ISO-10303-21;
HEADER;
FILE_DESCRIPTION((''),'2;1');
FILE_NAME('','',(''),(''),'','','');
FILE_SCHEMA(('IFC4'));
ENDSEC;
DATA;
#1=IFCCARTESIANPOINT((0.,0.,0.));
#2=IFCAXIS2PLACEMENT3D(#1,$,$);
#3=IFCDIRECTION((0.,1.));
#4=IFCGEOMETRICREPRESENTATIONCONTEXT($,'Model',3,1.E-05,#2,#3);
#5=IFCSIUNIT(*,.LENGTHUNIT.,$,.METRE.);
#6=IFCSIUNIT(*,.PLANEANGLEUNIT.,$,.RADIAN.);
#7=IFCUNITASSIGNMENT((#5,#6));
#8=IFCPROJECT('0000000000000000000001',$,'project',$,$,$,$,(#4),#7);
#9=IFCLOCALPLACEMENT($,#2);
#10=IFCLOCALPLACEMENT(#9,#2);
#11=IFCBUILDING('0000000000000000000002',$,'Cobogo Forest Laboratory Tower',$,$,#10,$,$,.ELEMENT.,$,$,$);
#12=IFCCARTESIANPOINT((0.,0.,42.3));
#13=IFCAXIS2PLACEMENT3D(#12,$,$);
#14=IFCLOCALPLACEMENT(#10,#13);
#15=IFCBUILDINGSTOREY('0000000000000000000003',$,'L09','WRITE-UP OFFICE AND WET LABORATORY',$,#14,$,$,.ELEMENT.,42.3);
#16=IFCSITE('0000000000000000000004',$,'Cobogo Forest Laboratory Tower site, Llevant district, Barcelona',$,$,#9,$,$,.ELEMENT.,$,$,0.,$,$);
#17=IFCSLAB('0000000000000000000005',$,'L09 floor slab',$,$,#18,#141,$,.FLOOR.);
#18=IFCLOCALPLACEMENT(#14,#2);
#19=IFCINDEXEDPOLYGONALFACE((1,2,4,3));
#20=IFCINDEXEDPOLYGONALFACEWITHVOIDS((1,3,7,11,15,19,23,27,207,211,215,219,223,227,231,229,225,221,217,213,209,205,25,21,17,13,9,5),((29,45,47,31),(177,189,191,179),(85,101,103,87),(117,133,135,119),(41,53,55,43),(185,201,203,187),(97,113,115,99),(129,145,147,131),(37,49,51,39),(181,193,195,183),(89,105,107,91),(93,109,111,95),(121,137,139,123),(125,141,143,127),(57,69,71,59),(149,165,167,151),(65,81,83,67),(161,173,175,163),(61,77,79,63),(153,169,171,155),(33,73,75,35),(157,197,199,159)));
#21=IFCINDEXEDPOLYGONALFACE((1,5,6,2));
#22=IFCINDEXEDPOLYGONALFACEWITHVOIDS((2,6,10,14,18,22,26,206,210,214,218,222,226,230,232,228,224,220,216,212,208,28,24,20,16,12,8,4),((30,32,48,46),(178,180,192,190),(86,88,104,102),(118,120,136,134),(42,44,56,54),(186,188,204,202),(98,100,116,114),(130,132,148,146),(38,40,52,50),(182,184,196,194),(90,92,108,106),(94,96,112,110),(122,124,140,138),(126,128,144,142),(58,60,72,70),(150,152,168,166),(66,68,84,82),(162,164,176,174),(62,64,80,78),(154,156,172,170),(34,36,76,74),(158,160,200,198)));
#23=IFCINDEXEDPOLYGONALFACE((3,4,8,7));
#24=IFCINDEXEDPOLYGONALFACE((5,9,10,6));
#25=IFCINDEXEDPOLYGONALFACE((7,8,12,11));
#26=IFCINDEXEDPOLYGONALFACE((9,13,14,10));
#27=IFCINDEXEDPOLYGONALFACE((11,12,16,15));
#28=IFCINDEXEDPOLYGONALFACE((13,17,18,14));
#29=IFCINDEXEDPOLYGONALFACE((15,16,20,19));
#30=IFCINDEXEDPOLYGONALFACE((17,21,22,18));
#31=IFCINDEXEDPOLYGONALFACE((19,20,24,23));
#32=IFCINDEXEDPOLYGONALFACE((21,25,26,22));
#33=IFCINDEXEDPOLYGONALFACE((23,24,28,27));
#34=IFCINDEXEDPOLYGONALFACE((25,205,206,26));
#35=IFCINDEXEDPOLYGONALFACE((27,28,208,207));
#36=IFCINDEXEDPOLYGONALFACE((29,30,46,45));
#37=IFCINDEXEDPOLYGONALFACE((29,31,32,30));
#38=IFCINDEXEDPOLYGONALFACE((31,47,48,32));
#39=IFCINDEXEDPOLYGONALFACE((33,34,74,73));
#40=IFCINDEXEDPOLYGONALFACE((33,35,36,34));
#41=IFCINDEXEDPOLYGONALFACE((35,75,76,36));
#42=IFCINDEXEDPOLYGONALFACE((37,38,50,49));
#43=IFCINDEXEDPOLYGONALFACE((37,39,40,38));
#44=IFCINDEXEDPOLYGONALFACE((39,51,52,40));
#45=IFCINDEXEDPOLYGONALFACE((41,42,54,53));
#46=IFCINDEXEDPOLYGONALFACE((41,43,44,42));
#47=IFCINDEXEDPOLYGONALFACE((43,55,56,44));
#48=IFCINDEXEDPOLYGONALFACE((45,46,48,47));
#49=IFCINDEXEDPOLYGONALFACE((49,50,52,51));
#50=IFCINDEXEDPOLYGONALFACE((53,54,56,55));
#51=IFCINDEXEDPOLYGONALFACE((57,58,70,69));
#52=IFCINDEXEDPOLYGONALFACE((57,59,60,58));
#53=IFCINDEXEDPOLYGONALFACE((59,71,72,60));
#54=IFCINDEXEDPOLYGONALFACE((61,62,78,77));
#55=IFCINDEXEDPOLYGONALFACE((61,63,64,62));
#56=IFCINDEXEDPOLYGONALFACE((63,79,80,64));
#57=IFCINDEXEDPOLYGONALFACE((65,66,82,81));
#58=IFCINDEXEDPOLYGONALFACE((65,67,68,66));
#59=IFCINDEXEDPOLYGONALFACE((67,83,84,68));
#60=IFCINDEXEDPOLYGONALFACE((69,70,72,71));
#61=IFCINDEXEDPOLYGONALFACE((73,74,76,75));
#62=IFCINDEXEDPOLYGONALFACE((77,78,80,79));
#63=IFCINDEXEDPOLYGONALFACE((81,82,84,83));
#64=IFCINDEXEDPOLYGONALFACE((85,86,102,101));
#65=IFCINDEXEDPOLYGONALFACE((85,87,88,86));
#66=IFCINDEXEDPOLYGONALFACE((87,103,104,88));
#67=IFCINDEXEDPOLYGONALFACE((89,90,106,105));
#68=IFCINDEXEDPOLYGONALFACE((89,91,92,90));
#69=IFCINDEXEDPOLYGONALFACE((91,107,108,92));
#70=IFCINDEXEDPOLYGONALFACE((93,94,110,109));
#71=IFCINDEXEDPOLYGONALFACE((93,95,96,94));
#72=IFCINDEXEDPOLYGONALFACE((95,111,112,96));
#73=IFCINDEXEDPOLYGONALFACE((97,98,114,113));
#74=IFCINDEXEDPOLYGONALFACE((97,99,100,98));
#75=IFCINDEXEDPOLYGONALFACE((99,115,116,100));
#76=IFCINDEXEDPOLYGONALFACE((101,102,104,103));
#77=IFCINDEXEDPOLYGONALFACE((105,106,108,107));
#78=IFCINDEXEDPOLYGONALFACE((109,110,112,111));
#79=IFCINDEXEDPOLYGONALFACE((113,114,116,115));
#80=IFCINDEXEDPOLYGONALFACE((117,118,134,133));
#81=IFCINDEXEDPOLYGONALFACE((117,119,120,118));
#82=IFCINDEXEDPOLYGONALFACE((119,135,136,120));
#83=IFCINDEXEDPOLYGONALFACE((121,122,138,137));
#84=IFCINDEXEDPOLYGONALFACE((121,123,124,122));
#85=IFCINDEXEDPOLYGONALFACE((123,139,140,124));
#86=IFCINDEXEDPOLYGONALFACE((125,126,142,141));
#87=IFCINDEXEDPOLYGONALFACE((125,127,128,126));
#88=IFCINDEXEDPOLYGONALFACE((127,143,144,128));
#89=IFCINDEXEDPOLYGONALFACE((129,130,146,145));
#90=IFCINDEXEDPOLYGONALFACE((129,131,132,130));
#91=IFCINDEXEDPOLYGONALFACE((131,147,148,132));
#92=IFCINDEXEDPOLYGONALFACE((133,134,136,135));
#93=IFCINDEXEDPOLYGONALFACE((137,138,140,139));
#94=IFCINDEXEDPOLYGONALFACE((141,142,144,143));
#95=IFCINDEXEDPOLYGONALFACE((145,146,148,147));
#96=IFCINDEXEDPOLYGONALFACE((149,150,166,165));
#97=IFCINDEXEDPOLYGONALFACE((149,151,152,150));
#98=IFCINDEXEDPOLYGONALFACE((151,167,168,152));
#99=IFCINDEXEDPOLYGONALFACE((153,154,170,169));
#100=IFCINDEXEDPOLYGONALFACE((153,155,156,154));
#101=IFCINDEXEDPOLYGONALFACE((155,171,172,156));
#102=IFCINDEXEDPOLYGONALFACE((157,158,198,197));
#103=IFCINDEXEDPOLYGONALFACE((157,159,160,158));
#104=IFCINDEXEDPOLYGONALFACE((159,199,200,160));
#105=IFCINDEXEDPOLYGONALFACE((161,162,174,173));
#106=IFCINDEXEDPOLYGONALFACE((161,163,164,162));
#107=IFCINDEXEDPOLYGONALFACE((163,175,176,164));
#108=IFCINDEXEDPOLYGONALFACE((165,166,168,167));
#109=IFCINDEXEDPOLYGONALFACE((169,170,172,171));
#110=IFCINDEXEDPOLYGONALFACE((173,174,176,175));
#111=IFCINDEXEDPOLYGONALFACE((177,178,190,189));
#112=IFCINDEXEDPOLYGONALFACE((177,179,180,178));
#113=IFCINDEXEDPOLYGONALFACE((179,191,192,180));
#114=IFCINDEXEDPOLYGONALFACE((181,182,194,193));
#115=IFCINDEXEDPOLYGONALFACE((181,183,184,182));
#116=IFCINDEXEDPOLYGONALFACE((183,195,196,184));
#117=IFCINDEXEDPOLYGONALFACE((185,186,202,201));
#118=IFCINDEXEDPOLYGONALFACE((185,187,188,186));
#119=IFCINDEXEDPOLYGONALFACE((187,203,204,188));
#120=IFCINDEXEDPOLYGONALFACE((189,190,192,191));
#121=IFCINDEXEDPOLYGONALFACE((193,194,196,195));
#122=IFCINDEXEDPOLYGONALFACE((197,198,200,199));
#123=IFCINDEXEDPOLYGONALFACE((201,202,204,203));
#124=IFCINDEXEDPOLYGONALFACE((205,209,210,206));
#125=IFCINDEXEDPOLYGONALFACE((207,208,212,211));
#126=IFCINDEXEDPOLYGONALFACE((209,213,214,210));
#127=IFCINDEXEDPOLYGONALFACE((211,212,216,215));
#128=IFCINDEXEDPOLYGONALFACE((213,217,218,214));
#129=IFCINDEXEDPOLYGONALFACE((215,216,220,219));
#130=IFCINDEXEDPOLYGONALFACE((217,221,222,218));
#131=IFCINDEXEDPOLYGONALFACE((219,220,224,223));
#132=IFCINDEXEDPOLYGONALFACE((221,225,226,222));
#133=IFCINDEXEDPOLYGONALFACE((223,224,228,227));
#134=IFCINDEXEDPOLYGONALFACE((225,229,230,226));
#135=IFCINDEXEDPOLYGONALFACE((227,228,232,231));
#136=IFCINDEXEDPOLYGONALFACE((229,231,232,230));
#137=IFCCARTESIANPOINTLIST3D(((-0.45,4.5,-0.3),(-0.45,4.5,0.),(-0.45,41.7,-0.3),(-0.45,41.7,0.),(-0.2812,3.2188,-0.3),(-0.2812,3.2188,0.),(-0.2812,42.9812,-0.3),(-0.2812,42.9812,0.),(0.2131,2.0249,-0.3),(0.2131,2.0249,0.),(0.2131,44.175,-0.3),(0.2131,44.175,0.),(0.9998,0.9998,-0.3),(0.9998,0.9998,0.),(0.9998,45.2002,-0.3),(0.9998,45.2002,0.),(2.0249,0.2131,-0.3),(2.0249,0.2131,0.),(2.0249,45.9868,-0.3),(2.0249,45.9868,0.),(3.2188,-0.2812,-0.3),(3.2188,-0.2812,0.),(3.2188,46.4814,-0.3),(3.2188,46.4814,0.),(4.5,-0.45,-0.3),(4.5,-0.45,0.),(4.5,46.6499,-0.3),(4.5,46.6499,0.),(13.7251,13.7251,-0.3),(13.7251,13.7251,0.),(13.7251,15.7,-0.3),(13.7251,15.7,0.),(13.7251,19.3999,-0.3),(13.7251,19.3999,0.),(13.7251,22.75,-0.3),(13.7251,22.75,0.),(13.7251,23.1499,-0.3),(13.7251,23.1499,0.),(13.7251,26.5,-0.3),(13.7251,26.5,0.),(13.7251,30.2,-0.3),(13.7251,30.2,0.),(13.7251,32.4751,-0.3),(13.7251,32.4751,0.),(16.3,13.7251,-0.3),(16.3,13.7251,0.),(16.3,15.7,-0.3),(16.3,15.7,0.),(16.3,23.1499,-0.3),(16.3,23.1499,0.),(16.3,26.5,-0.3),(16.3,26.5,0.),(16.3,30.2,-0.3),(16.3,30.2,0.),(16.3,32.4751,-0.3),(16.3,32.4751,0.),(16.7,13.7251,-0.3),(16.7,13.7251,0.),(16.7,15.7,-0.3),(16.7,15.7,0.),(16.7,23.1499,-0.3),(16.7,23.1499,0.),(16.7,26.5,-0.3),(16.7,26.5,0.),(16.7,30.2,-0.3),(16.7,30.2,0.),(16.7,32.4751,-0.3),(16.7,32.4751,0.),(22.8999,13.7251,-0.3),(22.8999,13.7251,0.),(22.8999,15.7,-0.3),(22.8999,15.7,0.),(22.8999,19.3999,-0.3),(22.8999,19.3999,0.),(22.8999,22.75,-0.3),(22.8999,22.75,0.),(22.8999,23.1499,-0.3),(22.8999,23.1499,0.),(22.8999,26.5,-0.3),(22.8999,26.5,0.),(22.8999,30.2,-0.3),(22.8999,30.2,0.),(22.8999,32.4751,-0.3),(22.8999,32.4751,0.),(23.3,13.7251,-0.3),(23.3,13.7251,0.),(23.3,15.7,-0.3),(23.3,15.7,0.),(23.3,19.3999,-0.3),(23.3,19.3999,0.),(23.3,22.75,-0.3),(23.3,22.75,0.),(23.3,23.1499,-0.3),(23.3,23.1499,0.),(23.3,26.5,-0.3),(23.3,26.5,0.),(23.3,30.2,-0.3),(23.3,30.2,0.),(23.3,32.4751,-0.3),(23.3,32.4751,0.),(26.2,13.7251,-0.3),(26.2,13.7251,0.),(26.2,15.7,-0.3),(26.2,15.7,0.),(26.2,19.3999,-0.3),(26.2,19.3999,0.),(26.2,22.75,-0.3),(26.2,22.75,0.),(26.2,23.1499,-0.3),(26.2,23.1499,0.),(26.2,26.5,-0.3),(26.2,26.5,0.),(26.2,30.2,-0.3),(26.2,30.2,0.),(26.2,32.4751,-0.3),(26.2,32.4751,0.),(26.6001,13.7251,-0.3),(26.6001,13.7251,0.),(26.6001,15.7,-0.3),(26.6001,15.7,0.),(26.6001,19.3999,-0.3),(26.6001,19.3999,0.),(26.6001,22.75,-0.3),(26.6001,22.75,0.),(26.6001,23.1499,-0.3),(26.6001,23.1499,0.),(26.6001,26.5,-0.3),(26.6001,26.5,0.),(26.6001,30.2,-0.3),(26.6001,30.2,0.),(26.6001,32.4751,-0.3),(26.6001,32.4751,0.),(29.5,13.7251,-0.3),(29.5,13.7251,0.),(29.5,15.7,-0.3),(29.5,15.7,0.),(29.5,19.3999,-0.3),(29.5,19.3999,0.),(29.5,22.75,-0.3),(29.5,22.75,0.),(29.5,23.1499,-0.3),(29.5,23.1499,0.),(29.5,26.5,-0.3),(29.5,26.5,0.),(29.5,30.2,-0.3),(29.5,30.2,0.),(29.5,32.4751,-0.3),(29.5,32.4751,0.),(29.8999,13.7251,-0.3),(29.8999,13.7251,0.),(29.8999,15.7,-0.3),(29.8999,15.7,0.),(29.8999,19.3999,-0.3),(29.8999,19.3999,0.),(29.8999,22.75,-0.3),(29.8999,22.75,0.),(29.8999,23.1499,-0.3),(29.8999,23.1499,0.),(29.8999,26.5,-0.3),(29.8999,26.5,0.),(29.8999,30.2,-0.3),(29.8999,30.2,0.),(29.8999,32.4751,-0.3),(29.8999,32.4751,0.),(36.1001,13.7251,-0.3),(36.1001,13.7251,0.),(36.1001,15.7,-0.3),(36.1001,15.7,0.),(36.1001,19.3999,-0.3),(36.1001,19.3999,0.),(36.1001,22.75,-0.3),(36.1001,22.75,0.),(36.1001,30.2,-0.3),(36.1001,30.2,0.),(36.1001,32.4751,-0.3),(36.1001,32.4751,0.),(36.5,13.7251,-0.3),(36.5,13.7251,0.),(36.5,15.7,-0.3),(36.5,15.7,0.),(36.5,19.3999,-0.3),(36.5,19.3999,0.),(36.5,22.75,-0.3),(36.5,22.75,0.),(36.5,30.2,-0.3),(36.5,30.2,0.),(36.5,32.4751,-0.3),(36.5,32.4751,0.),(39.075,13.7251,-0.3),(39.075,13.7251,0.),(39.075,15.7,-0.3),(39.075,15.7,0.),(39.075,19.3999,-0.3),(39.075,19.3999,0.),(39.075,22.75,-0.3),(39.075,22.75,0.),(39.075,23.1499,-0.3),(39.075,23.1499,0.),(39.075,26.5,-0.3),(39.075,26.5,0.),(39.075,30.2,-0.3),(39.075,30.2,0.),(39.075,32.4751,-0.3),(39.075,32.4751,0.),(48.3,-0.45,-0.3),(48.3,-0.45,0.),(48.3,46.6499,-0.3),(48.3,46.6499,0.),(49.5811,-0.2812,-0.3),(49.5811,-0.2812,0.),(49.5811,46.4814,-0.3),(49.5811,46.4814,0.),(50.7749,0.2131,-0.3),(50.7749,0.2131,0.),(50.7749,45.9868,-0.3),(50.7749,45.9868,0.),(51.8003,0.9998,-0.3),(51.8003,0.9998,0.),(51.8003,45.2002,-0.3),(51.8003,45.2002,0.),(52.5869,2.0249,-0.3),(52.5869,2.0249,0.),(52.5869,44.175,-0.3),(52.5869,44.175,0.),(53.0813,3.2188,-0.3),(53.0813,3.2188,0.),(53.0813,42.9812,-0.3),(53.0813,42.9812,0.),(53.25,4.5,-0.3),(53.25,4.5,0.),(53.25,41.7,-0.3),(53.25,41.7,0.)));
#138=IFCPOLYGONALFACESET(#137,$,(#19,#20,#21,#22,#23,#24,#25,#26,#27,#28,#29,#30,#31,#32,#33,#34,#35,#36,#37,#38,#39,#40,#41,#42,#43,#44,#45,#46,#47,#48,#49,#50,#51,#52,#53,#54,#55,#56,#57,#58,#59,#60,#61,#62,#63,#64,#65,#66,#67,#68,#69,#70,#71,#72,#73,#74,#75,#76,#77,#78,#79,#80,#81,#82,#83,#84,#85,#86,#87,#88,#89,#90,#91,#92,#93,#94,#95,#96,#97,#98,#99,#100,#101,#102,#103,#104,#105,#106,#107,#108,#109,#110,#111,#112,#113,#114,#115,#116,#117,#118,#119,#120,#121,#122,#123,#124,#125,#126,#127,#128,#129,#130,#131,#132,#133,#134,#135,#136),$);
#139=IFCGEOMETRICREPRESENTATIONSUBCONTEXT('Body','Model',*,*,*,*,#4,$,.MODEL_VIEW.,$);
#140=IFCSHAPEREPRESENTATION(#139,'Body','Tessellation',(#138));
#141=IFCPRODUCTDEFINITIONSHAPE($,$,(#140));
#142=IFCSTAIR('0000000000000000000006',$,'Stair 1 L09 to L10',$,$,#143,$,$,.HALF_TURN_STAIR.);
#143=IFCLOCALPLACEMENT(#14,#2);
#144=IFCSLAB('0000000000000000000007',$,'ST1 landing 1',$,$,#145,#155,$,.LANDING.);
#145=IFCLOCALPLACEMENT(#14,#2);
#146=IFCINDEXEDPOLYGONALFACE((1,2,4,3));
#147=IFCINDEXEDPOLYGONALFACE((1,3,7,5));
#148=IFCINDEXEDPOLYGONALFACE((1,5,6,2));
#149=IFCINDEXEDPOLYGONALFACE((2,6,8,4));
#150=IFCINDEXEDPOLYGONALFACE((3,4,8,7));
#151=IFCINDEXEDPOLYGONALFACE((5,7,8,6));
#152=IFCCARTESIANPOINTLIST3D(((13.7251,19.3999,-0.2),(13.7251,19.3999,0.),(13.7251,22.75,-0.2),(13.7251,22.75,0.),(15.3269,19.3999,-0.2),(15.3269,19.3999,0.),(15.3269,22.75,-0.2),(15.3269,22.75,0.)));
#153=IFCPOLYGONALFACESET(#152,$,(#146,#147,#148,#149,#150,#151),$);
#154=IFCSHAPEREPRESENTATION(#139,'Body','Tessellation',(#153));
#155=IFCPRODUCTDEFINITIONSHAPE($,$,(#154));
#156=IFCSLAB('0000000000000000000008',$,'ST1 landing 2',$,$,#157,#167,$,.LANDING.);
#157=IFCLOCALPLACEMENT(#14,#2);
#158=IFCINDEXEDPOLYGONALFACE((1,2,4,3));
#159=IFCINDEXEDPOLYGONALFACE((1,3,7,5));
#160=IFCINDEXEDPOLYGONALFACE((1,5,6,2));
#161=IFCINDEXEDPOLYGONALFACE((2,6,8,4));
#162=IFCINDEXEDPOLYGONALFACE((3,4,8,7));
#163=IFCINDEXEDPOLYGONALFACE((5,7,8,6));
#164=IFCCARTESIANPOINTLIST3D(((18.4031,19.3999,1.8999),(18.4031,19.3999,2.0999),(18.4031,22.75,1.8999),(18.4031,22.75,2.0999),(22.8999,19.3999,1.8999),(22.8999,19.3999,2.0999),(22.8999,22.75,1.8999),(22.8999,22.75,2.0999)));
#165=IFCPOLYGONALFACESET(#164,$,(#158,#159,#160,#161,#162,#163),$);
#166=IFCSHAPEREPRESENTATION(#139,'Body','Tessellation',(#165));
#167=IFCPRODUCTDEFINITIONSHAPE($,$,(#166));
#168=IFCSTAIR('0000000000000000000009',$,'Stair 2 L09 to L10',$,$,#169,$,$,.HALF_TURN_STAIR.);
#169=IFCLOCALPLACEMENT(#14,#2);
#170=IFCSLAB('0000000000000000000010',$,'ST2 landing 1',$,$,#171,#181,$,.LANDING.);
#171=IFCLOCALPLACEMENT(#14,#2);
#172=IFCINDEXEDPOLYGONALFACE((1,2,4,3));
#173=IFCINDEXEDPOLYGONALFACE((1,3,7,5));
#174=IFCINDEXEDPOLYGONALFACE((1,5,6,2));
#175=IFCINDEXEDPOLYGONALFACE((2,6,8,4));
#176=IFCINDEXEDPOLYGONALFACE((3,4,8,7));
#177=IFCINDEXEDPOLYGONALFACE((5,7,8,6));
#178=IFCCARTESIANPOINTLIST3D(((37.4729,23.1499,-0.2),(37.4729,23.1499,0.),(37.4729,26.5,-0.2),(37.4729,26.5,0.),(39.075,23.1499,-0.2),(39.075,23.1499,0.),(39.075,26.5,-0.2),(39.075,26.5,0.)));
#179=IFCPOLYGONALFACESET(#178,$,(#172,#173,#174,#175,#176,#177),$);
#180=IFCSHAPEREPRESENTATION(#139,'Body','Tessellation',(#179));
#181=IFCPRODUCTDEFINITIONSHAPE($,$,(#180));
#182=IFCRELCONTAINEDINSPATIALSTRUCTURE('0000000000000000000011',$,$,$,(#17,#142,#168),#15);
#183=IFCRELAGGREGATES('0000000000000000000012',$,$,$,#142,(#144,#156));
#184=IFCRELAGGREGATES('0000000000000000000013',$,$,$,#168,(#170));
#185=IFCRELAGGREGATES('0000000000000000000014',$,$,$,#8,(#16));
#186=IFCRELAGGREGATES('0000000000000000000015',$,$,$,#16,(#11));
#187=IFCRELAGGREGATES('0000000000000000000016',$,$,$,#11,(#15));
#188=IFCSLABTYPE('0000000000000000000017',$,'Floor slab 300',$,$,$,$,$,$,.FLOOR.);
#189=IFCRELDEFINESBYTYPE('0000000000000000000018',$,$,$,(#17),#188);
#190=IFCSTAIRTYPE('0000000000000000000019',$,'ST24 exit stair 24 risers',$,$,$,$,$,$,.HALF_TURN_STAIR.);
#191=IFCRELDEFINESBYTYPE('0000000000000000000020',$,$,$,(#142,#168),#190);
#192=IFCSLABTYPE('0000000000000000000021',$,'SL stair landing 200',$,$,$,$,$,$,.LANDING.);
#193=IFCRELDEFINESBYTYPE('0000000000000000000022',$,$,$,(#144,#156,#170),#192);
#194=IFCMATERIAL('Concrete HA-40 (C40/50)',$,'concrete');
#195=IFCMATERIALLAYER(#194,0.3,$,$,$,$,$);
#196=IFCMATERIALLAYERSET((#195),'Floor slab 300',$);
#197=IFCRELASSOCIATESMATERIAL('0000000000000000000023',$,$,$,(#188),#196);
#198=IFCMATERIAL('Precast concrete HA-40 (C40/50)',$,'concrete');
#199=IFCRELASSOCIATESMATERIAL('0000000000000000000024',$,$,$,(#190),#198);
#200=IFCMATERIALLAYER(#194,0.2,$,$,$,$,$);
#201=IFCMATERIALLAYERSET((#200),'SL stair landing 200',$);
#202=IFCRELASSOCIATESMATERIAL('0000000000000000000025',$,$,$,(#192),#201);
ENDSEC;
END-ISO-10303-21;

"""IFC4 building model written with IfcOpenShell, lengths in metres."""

from ifc_helpers import new_model, si_unit, direction, frame, origin, place, context, subcontext, project, spatial, polyline, outline, extrude, material, layer, layer_set, type_object, element, aggregate, save


model = new_model("IFC4")

# Units and contexts
model_context = context("Model", 3, precision=1e-05, world=origin(), true_north=direction((0.0, 1.0)))
body_context = subcontext(model_context, "Body", "Model", "MODEL_VIEW")
ifc_project = project(units=[si_unit("LENGTHUNIT", "METRE"), si_unit("PLANEANGLEUNIT", "RADIAN")], contexts=[model_context])

# Site, building, storey
site_placement = place(None, origin())
site = spatial("IfcSite", under=ifc_project, at=site_placement, Name="Cobogo Forest Laboratory Tower site, Llevant district, Barcelona", CompositionType="ELEMENT", RefElevation=0.0)
building_placement = place(site_placement, origin())
building = spatial("IfcBuilding", under=site, at=building_placement, Name="Cobogo Forest Laboratory Tower", CompositionType="ELEMENT")
storey_placement = place(building_placement, frame((0.0, 0.0, 42.3)))
storey = spatial("IfcBuildingStorey", under=building, at=storey_placement, Name="L09", Description="WRITE-UP OFFICE AND WET LABORATORY", CompositionType="ELEMENT", Elevation=42.3)

# Slab
ifc_material_1 = material(Name="Concrete HA-40 (C40/50)", Category="concrete")
ifc_layer_1 = layer(ifc_material_1, 0.3)
ifc_layer_set_1 = layer_set([ifc_layer_1], Name="Floor slab 300")
slab_type_1 = type_object("IfcSlabType", Name="Floor slab 300", PredefinedType="FLOOR", material=ifc_layer_set_1)
slab_1_placement = place(storey_placement, frame((0.0, 0.0, -0.3)))
element("IfcSlab", 1, at=slab_1_placement, inside=storey, type_object=slab_type_1, Name="L09 floor slab", PredefinedType="FLOOR", context=body_context, shape_type="SweptSolid", body=[
    extrude(outline(polyline([(48.3, -0.45), (49.5811, -0.2812), (50.7749, 0.2131), (51.8003, 0.9998), (52.5869, 2.0249), (53.0813, 3.2188), (53.25, 4.5), (53.25, 41.7), (53.0813, 42.9812), (52.5869, 44.175), (51.8003, 45.2002), (50.7749, 45.9868), (49.5811, 46.4814), (48.3, 46.6499), (4.5, 46.6499), (3.2188, 46.4814), (2.0249, 45.9868), (0.9998, 45.2002), (0.2131, 44.175), (-0.2812, 42.9812), (-0.45, 41.7), (-0.45, 4.5), (-0.2812, 3.2188), (0.2131, 2.0249), (0.9998, 0.9998), (2.0249, 0.2131), (3.2188, -0.2812), (4.5, -0.45), (48.3, -0.45)]), holes=[polyline([(16.3, 13.7251), (13.7251, 13.7251), (13.7251, 15.7), (16.3, 15.7), (16.3, 13.7251)]), polyline([(22.8999, 15.7), (22.8999, 13.7251), (16.7, 13.7251), (16.7, 15.7), (22.8999, 15.7)]), polyline([(23.3, 13.7251), (23.3, 15.7), (26.2, 15.7), (26.2, 13.7251), (23.3, 13.7251)]), polyline([(29.5, 13.7251), (26.6001, 13.7251), (26.6001, 15.7), (29.5, 15.7), (29.5, 13.7251)]), polyline([(36.1001, 15.7), (36.1001, 13.7251), (29.8999, 13.7251), (29.8999, 15.7), (36.1001, 15.7)]), polyline([(36.5, 13.7251), (36.5, 15.7), (39.075, 15.7), (39.075, 13.7251), (36.5, 13.7251)]), polyline([(13.7251, 19.3999), (13.7251, 22.75), (22.8999, 22.75), (22.8999, 19.3999), (13.7251, 19.3999)]), polyline([(23.3, 19.3999), (23.3, 22.75), (26.2, 22.75), (26.2, 19.3999), (23.3, 19.3999)]), polyline([(26.6001, 19.3999), (26.6001, 22.75), (29.5, 22.75), (29.5, 19.3999), (26.6001, 19.3999)]), polyline([(36.1001, 22.75), (36.1001, 19.3999), (29.8999, 19.3999), (29.8999, 22.75), (36.1001, 22.75)]), polyline([(39.075, 19.3999), (36.5, 19.3999), (36.5, 22.75), (39.075, 22.75), (39.075, 19.3999)]), polyline([(13.7251, 23.1499), (13.7251, 26.5), (16.3, 26.5), (16.3, 23.1499), (13.7251, 23.1499)]), polyline([(22.8999, 26.5), (22.8999, 23.1499), (16.7, 23.1499), (16.7, 26.5), (22.8999, 26.5)]), polyline([(23.3, 23.1499), (23.3, 26.5), (26.2, 26.5), (26.2, 23.1499), (23.3, 23.1499)]), polyline([(26.6001, 23.1499), (26.6001, 26.5), (29.5, 26.5), (29.5, 23.1499), (26.6001, 23.1499)]), polyline([(29.8999, 23.1499), (29.8999, 26.5), (39.075, 26.5), (39.075, 23.1499), (29.8999, 23.1499)]), polyline([(13.7251, 30.2), (13.7251, 32.4751), (16.3, 32.4751), (16.3, 30.2), (13.7251, 30.2)]), polyline([(22.8999, 32.4751), (22.8999, 30.2), (16.7, 30.2), (16.7, 32.4751), (22.8999, 32.4751)]), polyline([(23.3, 30.2), (23.3, 32.4751), (26.2, 32.4751), (26.2, 30.2), (23.3, 30.2)]), polyline([(26.6001, 30.2), (26.6001, 32.4751), (29.5, 32.4751), (29.5, 30.2), (26.6001, 30.2)]), polyline([(36.1001, 32.4751), (36.1001, 30.2), (29.8999, 30.2), (29.8999, 32.4751), (36.1001, 32.4751)]), polyline([(36.5, 30.2), (36.5, 32.4751), (39.075, 32.4751), (39.075, 30.2), (36.5, 30.2)])]), origin(), (0.0, 0.0, 1.0), 0.3),
])

# Stairs, slabs
ifc_material_2 = material(Name="Precast concrete HA-40 (C40/50)", Category="concrete")
stair_type = type_object("IfcStairType", Name="ST24 exit stair 24 risers", PredefinedType="HALF_TURN_STAIR", material=ifc_material_2)
stair_1_placement = place(storey_placement, origin())
stair_1 = element("IfcStair", 2, at=stair_1_placement, inside=storey, type_object=stair_type, Name="Stair 1 L09 to L10", PredefinedType="HALF_TURN_STAIR")
ifc_layer_2 = layer(ifc_material_1, 0.2)
ifc_layer_set_2 = layer_set([ifc_layer_2], Name="SL stair landing 200")
slab_type_2 = type_object("IfcSlabType", Name="SL stair landing 200", PredefinedType="LANDING", material=ifc_layer_set_2)
slab_2_placement = place(storey_placement, frame((0.0, 0.0, -0.2)))
slab_2 = element("IfcSlab", 3, at=slab_2_placement, type_object=slab_type_2, Name="ST1 landing 1", PredefinedType="LANDING", context=body_context, shape_type="SweptSolid", body=[
    extrude(outline(polyline([(13.7251, 19.3999), (15.3269, 19.3999), (15.3269, 22.75), (13.7251, 22.75), (13.7251, 19.3999)])), origin(), (0.0, 0.0, 1.0), 0.2),
])
slab_3_placement = place(storey_placement, frame((0.0, 0.0, 1.8999)))
slab_3 = element("IfcSlab", 4, at=slab_3_placement, type_object=slab_type_2, Name="ST1 landing 2", PredefinedType="LANDING", context=body_context, shape_type="SweptSolid", body=[
    extrude(outline(polyline([(18.4031, 19.3999), (22.8999, 19.3999), (22.8999, 22.75), (18.4031, 22.75), (18.4031, 19.3999)])), origin(), (0.0, 0.0, 1.0), 0.2),
])
aggregate(stair_1, [slab_2, slab_3])
stair_2_placement = place(storey_placement, origin())
stair_2 = element("IfcStair", 5, at=stair_2_placement, inside=storey, type_object=stair_type, Name="Stair 2 L09 to L10", PredefinedType="HALF_TURN_STAIR")
slab_4_placement = place(storey_placement, frame((0.0, 0.0, -0.2)))
slab_4 = element("IfcSlab", 6, at=slab_4_placement, type_object=slab_type_2, Name="ST2 landing 1", PredefinedType="LANDING", context=body_context, shape_type="SweptSolid", body=[
    extrude(outline(polyline([(37.4729, 23.1499), (39.075, 23.1499), (39.075, 26.5), (37.4729, 26.5), (37.4729, 23.1499)])), origin(), (0.0, 0.0, 1.0), 0.2),
])
aggregate(stair_2, [slab_4])

save(model, "model.ifc")
